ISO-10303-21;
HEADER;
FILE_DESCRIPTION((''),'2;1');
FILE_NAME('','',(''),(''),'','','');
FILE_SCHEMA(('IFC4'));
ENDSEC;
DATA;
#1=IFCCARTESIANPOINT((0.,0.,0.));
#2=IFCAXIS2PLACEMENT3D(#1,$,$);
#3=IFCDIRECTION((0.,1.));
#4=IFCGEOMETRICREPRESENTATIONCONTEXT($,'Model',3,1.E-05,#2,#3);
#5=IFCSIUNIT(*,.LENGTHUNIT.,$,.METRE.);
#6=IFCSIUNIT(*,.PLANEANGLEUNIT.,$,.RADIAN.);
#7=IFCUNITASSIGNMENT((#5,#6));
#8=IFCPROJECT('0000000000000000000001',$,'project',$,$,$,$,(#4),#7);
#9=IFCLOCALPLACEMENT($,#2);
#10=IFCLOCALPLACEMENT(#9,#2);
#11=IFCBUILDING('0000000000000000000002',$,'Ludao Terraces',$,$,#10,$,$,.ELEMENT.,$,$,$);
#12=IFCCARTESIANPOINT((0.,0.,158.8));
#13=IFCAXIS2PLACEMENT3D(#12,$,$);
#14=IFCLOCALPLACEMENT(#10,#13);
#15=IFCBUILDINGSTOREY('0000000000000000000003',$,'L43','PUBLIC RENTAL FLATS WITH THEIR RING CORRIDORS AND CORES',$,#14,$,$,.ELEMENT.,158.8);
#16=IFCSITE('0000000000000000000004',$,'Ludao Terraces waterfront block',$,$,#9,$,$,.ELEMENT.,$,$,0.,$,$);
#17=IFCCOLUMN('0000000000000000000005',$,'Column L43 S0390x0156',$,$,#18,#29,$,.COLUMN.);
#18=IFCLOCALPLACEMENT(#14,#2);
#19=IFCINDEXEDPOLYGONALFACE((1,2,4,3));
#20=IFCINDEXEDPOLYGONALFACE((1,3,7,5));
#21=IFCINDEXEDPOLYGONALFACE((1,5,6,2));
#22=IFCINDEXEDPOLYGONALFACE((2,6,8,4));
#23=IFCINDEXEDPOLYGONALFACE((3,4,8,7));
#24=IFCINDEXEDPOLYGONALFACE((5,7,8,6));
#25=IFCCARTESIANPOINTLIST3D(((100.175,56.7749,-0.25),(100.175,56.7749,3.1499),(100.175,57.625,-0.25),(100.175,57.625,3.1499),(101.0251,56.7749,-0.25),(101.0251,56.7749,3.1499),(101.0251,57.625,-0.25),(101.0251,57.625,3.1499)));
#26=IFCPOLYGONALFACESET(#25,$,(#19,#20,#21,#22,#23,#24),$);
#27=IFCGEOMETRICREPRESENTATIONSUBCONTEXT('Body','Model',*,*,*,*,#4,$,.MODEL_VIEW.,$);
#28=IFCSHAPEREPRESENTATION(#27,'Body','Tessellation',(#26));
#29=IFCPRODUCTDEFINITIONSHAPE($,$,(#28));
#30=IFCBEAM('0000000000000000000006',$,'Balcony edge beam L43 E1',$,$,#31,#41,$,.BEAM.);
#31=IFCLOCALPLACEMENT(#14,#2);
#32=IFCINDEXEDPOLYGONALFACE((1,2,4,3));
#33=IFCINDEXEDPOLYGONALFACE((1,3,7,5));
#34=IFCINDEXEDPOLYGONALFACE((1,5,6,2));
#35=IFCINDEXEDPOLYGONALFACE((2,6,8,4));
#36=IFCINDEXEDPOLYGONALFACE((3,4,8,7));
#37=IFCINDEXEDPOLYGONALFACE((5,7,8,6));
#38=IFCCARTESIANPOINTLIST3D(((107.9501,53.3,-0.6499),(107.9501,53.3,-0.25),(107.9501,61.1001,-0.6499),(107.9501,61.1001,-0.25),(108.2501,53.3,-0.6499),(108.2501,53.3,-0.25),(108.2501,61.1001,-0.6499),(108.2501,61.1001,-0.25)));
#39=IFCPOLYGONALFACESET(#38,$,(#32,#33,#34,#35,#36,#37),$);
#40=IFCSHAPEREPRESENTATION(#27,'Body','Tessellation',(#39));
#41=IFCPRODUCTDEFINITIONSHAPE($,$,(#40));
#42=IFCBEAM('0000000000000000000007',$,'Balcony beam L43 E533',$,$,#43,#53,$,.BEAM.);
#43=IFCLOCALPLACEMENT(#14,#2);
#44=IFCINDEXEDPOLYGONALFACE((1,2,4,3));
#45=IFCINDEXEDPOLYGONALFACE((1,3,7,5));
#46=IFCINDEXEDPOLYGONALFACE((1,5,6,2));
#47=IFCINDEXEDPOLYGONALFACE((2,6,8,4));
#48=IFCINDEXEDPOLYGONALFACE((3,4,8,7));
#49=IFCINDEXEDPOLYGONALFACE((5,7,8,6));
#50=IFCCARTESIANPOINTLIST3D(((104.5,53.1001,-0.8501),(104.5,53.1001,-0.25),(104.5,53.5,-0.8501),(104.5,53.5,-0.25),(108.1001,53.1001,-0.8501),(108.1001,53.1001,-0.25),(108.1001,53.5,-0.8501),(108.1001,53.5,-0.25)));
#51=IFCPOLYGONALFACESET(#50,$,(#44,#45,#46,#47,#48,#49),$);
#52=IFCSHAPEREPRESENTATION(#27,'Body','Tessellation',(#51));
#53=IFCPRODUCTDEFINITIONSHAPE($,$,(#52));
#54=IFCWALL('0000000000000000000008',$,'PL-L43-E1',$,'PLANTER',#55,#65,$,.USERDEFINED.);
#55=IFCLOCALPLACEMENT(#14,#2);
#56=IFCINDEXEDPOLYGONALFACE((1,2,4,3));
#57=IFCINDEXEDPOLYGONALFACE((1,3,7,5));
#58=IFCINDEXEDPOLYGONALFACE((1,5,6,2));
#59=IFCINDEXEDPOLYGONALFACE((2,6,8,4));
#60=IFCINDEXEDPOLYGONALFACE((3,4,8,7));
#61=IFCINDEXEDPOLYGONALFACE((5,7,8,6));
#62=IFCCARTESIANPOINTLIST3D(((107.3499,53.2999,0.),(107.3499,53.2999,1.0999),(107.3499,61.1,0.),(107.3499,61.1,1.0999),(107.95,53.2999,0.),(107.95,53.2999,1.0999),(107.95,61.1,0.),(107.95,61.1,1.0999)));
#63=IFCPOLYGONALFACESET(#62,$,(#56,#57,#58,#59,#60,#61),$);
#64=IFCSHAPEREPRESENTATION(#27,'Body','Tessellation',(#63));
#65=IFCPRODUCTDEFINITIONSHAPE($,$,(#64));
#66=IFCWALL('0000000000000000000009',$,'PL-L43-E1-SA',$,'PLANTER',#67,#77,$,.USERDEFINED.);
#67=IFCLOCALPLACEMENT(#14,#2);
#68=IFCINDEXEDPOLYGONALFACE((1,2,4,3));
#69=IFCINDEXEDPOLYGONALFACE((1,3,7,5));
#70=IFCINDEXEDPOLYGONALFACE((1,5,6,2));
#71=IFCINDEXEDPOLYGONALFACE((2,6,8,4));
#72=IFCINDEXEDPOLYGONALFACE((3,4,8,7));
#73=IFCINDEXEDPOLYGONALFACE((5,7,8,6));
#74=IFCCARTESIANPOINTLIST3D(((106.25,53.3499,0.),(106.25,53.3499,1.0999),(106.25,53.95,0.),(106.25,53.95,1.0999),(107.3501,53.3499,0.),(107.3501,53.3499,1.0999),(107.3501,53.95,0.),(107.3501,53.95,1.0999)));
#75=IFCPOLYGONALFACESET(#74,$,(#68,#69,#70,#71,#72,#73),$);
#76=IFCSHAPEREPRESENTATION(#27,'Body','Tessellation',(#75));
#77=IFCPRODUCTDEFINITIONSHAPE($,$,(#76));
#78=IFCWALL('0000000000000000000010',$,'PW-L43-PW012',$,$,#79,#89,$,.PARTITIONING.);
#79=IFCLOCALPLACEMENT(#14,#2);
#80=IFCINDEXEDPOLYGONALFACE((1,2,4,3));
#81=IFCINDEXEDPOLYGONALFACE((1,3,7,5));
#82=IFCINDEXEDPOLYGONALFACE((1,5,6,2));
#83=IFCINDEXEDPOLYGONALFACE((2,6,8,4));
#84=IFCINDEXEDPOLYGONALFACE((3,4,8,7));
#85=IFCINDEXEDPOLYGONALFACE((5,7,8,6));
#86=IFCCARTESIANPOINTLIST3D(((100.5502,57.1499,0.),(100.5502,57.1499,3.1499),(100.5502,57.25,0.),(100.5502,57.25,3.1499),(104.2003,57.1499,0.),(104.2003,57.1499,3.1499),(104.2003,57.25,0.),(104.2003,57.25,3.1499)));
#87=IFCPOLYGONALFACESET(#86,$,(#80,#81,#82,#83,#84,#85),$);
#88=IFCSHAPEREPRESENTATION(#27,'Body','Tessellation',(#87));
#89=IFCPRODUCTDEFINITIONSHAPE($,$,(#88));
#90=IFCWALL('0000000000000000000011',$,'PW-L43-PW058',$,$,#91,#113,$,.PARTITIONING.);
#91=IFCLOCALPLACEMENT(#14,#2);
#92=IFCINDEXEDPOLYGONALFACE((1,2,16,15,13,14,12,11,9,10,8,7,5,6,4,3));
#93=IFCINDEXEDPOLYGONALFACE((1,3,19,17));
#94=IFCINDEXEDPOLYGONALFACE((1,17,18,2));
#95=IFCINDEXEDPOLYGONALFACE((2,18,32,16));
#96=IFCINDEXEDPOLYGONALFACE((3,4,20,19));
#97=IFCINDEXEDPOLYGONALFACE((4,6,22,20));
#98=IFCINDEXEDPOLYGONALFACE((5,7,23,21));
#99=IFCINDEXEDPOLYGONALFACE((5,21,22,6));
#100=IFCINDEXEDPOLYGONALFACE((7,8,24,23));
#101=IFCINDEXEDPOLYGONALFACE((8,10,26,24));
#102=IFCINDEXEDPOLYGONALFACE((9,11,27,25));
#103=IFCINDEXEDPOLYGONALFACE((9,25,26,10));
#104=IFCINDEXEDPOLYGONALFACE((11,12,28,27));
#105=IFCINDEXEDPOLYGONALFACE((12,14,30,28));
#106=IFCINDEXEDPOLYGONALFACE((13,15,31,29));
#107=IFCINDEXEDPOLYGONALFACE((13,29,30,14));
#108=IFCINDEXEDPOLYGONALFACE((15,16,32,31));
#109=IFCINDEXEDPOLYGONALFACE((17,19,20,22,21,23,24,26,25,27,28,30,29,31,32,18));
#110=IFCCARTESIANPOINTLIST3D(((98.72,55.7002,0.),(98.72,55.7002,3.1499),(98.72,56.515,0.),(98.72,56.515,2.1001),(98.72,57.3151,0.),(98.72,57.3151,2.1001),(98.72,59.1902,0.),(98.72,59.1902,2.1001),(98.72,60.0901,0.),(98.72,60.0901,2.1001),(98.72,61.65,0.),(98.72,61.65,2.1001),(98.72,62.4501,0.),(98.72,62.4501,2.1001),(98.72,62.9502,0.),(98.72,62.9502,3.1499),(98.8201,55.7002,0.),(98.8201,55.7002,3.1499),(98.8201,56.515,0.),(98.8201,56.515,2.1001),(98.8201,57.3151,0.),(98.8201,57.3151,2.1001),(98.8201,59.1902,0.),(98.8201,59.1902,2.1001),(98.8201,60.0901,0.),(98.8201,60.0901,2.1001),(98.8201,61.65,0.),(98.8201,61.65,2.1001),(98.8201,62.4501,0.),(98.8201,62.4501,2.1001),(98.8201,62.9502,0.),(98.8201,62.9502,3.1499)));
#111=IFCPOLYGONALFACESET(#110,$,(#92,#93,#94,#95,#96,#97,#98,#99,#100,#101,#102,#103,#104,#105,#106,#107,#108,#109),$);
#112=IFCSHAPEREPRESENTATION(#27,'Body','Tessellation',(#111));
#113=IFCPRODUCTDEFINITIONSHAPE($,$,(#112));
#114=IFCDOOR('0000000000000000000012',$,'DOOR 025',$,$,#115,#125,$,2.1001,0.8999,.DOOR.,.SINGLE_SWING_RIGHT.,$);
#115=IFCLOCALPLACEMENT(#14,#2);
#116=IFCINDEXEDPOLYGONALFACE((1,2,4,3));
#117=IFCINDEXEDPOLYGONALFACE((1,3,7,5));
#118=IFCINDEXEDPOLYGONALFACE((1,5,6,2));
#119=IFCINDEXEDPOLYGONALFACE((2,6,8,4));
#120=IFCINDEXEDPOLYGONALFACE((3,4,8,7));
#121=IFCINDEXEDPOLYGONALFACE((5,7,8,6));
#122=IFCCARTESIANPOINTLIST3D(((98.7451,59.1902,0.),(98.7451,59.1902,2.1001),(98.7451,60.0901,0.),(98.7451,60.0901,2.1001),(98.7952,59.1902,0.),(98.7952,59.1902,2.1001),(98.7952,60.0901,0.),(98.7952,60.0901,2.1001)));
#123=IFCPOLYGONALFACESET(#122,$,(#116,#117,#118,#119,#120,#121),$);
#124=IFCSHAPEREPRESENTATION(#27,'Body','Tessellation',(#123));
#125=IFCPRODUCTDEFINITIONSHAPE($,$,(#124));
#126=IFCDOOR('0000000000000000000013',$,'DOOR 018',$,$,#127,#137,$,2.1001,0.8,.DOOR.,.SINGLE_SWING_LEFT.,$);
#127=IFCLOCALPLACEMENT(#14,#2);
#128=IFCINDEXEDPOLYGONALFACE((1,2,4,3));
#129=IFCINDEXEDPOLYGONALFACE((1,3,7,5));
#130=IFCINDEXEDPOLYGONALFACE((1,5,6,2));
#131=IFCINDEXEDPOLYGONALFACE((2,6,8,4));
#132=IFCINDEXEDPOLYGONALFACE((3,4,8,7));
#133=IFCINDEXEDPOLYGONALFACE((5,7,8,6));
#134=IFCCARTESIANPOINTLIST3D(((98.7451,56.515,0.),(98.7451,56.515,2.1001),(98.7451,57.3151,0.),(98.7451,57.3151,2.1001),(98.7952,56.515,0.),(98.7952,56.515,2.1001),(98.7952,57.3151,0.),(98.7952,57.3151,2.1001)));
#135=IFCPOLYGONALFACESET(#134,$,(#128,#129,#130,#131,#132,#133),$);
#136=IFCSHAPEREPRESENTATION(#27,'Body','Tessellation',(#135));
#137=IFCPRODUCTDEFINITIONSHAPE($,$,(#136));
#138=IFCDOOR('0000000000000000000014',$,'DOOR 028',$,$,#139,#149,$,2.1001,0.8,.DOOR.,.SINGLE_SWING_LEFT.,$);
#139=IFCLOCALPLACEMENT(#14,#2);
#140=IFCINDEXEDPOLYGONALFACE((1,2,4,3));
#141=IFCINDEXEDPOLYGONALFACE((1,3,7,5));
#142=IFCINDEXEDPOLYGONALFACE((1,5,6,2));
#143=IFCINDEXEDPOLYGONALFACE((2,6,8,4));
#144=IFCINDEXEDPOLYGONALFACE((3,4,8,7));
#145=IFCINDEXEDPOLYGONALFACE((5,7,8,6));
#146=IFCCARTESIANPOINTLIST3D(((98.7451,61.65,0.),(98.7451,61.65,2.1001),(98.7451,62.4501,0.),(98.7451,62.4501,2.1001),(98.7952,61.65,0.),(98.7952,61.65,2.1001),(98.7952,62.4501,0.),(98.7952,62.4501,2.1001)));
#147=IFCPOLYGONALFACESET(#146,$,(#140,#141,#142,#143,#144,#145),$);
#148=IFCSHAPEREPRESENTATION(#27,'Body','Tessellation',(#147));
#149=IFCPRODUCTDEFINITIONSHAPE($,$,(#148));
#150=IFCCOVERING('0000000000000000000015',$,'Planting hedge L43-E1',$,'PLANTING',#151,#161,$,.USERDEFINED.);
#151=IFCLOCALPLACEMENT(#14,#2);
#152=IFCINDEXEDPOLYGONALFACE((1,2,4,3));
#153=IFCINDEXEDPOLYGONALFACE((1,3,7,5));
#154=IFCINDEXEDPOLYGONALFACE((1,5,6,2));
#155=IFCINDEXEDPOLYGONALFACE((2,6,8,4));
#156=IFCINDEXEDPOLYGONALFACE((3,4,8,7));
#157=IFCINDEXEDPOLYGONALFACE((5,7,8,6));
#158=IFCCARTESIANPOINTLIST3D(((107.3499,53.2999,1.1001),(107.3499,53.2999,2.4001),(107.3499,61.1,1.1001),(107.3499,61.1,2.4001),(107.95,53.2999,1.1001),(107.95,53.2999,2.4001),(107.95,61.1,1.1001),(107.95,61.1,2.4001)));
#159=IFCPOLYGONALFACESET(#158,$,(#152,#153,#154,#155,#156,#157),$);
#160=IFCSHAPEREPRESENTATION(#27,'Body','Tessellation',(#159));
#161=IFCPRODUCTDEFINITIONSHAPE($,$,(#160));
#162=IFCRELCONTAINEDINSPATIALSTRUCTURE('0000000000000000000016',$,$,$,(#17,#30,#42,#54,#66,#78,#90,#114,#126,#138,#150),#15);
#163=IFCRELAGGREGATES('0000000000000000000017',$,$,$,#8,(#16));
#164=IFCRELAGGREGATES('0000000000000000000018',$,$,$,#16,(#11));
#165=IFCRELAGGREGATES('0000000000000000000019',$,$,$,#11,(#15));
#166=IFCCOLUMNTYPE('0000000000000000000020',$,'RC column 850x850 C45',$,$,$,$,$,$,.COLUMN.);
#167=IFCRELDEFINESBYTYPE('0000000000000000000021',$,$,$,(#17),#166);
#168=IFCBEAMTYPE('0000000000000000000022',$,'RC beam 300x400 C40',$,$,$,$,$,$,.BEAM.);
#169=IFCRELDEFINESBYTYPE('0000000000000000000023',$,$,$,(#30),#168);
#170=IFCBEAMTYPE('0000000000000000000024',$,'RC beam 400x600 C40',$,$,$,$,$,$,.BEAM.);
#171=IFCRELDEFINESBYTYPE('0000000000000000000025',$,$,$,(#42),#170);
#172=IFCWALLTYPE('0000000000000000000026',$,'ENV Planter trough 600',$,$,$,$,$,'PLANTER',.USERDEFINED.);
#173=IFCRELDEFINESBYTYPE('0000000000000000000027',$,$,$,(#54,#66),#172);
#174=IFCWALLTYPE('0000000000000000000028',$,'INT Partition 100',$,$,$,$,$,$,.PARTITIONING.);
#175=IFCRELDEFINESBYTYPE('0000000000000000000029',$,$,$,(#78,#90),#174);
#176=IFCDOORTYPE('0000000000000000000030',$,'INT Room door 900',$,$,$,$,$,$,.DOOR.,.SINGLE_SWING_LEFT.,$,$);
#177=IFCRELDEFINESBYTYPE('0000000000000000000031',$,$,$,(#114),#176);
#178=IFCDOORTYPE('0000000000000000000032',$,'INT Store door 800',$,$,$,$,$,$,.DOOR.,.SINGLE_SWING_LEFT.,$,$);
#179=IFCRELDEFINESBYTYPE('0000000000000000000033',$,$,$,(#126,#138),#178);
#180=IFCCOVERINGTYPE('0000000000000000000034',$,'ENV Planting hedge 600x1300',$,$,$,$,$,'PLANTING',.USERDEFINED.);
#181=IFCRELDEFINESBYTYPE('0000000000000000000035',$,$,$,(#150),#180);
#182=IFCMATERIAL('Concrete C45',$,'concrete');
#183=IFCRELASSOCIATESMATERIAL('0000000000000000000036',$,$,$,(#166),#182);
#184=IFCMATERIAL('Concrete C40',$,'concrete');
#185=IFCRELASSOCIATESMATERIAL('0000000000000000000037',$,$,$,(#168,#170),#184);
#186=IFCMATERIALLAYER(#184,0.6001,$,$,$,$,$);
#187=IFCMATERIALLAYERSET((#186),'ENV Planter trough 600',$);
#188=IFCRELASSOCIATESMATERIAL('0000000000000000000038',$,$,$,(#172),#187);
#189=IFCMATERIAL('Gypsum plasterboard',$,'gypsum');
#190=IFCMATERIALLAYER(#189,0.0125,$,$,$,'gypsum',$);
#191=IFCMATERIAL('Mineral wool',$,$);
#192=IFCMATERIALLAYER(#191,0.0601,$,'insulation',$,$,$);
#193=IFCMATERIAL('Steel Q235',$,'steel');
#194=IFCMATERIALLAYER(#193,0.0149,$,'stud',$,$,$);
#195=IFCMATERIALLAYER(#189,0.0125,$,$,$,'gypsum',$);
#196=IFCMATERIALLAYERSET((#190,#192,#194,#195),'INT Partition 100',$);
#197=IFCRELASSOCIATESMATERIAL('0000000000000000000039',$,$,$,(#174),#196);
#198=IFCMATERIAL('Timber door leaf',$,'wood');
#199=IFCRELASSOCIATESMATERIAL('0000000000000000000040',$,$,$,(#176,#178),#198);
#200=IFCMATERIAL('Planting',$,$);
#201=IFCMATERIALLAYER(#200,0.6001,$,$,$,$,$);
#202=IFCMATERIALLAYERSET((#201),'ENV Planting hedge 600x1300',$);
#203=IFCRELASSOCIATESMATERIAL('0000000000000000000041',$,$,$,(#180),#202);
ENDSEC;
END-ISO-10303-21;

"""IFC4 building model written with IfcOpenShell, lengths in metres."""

from ifc_helpers import new_model, si_unit, direction, frame, frame_2d, origin, origin_2d, place, context, subcontext, project, spatial, rectangle, extrude, material, layer, layer_set, material_profile, profile_set, type_object, element, fill, save


model = new_model("IFC4")

# Units and contexts
model_context = context("Model", 3, precision=1e-05, world=origin(), true_north=direction((0.0, 1.0)))
body_context = subcontext(model_context, "Body", "Model", "MODEL_VIEW")
ifc_project = project(units=[si_unit("LENGTHUNIT", "METRE"), si_unit("PLANEANGLEUNIT", "RADIAN")], contexts=[model_context])

# Site, building, storey
site_placement = place(None, origin())
site = spatial("IfcSite", under=ifc_project, at=site_placement, Name="Ludao Terraces waterfront block", CompositionType="ELEMENT", RefElevation=0.0)
building_placement = place(site_placement, origin())
building = spatial("IfcBuilding", under=site, at=building_placement, Name="Ludao Terraces", CompositionType="ELEMENT")
storey_placement = place(building_placement, frame((0.0, 0.0, 158.8)))
storey = spatial("IfcBuildingStorey", under=building, at=storey_placement, Name="L43", Description="PUBLIC RENTAL FLATS WITH THEIR RING CORRIDORS AND CORES", CompositionType="ELEMENT", Elevation=158.8)

# Column
ifc_material_1 = material(Name="Concrete C45", Category="concrete")
ifc_material_profile_1 = material_profile(ifc_material_1, rectangle(XDim=0.8501, YDim=0.8501, at=origin_2d()), Name="850 X 850")
ifc_profile_set_1 = profile_set([ifc_material_profile_1], Name="Concrete C45")
column_type = type_object("IfcColumnType", Name="RC column 850x850 C45", PredefinedType="COLUMN", material=ifc_profile_set_1)
column_placement = place(storey_placement, frame((100.6001, 57.2, -0.25), z_axis=(0.0, 0.0, 1.0), x_axis=(1.0, 0.0, 0.0)))
element("IfcColumn", 1, at=column_placement, inside=storey, type_object=column_type, Name="Column L43 S0390x0156", PredefinedType="COLUMN", context=body_context, shape_type="SweptSolid", body=[
    extrude(rectangle(XDim=0.8501, YDim=0.8501, at=origin_2d()), origin(), (0.0, 0.0, 1.0), 3.3999),
])

# Beams
ifc_material_2 = material(Name="Concrete C40", Category="concrete")
ifc_material_profile_2 = material_profile(ifc_material_2, rectangle(XDim=0.3, YDim=0.3999, at=origin_2d()), Name="300 X 400")
ifc_profile_set_2 = profile_set([ifc_material_profile_2], Name="Concrete C40")
beam_type_1 = type_object("IfcBeamType", Name="RC beam 300x400 C40", PredefinedType="BEAM", material=ifc_profile_set_2)
beam_1_placement = place(storey_placement, frame((108.1001, 53.3, -0.45), z_axis=(0.0, 1.0, 0.0), x_axis=(-1.0, 0.0, 0.0)))
element("IfcBeam", 2, at=beam_1_placement, inside=storey, type_object=beam_type_1, Name="Balcony edge beam L43 E1", PredefinedType="BEAM", context=body_context, shape_type="SweptSolid", body=[
    extrude(rectangle(XDim=0.3, YDim=0.3999, at=origin_2d()), origin(), (0.0, 0.0, 1.0), 7.8),
])
ifc_material_profile_3 = material_profile(ifc_material_2, rectangle(XDim=0.3999, YDim=0.6001, at=origin_2d()), Name="400 X 600")
ifc_profile_set_3 = profile_set([ifc_material_profile_3], Name="Concrete C40")
beam_type_2 = type_object("IfcBeamType", Name="RC beam 400x600 C40", PredefinedType="BEAM", material=ifc_profile_set_3)
beam_2_placement = place(storey_placement, frame((104.5, 53.3, -0.55), z_axis=(1.0, 0.0, 0.0), x_axis=(0.0, 1.0, 0.0)))
element("IfcBeam", 3, at=beam_2_placement, inside=storey, type_object=beam_type_2, Name="Balcony beam L43 E533", PredefinedType="BEAM", context=body_context, shape_type="SweptSolid", body=[
    extrude(rectangle(XDim=0.3999, YDim=0.6001, at=origin_2d()), origin(), (0.0, 0.0, 1.0), 3.6001),
])

# Walls
ifc_layer_1 = layer(ifc_material_2, 0.6001)
ifc_layer_set_1 = layer_set([ifc_layer_1], Name="ENV Planter trough 600")
wall_type_1 = type_object("IfcWallType", Name="ENV Planter trough 600", ElementType="PLANTER", PredefinedType="USERDEFINED", material=ifc_layer_set_1)
wall_1_placement = place(storey_placement, frame((107.6499, 53.3, 0.0), z_axis=(0.0, 0.0, 1.0), x_axis=(0.0, 1.0, 0.0)))
element("IfcWall", 4, at=wall_1_placement, inside=storey, type_object=wall_type_1, Name="PL-L43-E1", ObjectType="PLANTER", PredefinedType="USERDEFINED", context=body_context, shape_type="SweptSolid", body=[
    extrude(rectangle(XDim=7.8, YDim=0.6001, at=frame_2d((3.8999, 0.0))), origin(), (0.0, 0.0, 1.0), 1.0999),
])
wall_2_placement = place(storey_placement, frame((107.3501, 53.6499, 0.0), z_axis=(0.0, 0.0, 1.0), x_axis=(-1.0, 0.0, 0.0)))
element("IfcWall", 5, at=wall_2_placement, inside=storey, type_object=wall_type_1, Name="PL-L43-E1-SA", ObjectType="PLANTER", PredefinedType="USERDEFINED", context=body_context, shape_type="SweptSolid", body=[
    extrude(rectangle(XDim=1.1001, YDim=0.6001, at=frame_2d((0.55, 0.0))), origin(), (0.0, 0.0, 1.0), 1.0999),
])

# Shared definitions
ifc_material_3 = material(Name="Mineral wool")

# Wall
ifc_material_4 = material(Name="Gypsum plasterboard", Category="gypsum")
ifc_layer_2 = layer(ifc_material_4, 0.0125, Category="gypsum")
ifc_layer_3 = layer(ifc_material_3, 0.0601, Name="insulation")
ifc_material_5 = material(Name="Steel Q235", Category="steel")
ifc_layer_4 = layer(ifc_material_5, 0.0149, Name="stud")
ifc_layer_5 = layer(ifc_material_4, 0.0125, Category="gypsum")
ifc_layer_set_2 = layer_set([ifc_layer_2, ifc_layer_3, ifc_layer_4, ifc_layer_5], Name="INT Partition 100")
wall_type_2 = type_object("IfcWallType", Name="INT Partition 100", PredefinedType="PARTITIONING", material=ifc_layer_set_2)
wall_3_placement = place(storey_placement, frame((100.55, 57.2, 0.0), z_axis=(0.0, 0.0, 1.0), x_axis=(1.0, 0.0, 0.0)))
element("IfcWall", 6, at=wall_3_placement, inside=storey, type_object=wall_type_2, Name="PW-L43-PW012", PredefinedType="PARTITIONING", context=body_context, shape_type="SweptSolid", body=[
    extrude(rectangle(XDim=3.6501, YDim=0.1001, at=frame_2d((1.8252, 0.0))), origin(), (0.0, 0.0, 1.0), 3.1499),
])

# Wall, openings, doors
wall_4_placement = place(storey_placement, frame((98.77, 55.7002, 0.0), z_axis=(0.0, 0.0, 1.0), x_axis=(0.0, 1.0, 0.0)))
wall_4 = element("IfcWall", 7, at=wall_4_placement, inside=storey, type_object=wall_type_2, Name="PW-L43-PW058", PredefinedType="PARTITIONING", context=body_context, shape_type="SweptSolid", body=[
    extrude(rectangle(XDim=7.25, YDim=0.1001, at=frame_2d((3.625, 0.0))), origin(), (0.0, 0.0, 1.0), 3.1499),
])
opening_1_placement = place(wall_4_placement, frame((0.8149, 0.0, 0.0)))
opening_1 = element("IfcOpeningElement", 8, at=opening_1_placement, cuts=wall_4, PredefinedType="OPENING", context=body_context, shape_type="SweptSolid", body=[
    extrude(rectangle(XDim=0.8, YDim=2.1001, at=frame_2d((0.3999, 1.05))), frame((0.0, 0.0601, 0.0), z_axis=(0.0, -1.0, 0.0), x_axis=(1.0, 0.0, 0.0)), (0.0, 0.0, 1.0), 0.1201),
])
opening_2_placement = place(wall_4_placement, frame((3.49, 0.0, 0.0)))
opening_2 = element("IfcOpeningElement", 9, at=opening_2_placement, cuts=wall_4, PredefinedType="OPENING", context=body_context, shape_type="SweptSolid", body=[
    extrude(rectangle(XDim=0.8999, YDim=2.1001, at=frame_2d((0.45, 1.05))), frame((0.0, 0.0601, 0.0), z_axis=(0.0, -1.0, 0.0), x_axis=(1.0, 0.0, 0.0)), (0.0, 0.0, 1.0), 0.1201),
])
opening_3_placement = place(wall_4_placement, frame((5.95, 0.0, 0.0)))
opening_3 = element("IfcOpeningElement", 10, at=opening_3_placement, cuts=wall_4, PredefinedType="OPENING", context=body_context, shape_type="SweptSolid", body=[
    extrude(rectangle(XDim=0.8, YDim=2.1001, at=frame_2d((0.3999, 1.05))), frame((0.0, 0.0601, 0.0), z_axis=(0.0, -1.0, 0.0), x_axis=(1.0, 0.0, 0.0)), (0.0, 0.0, 1.0), 0.1201),
])
ifc_material_6 = material(Name="Timber door leaf", Category="wood")
door_type_1 = type_object("IfcDoorType", Name="INT Room door 900", OperationType="SINGLE_SWING_LEFT", PredefinedType="DOOR", material=ifc_material_6)
door_1_placement = place(opening_2_placement, origin())
door_1 = element("IfcDoor", 11, at=door_1_placement, inside=storey, type_object=door_type_1, Name="DOOR 025", OperationType="SINGLE_SWING_RIGHT", OverallHeight=2.1001, OverallWidth=0.8999, PredefinedType="DOOR", context=body_context, shape_type="SweptSolid", body=[
    extrude(rectangle(XDim=0.8999, YDim=2.1001, at=frame_2d((0.45, 1.05))), frame((0.0, 0.0249, 0.0), z_axis=(0.0, -1.0, 0.0), x_axis=(1.0, 0.0, 0.0)), (0.0, 0.0, 1.0), 0.05),
])
fill(opening_2, door_1)
door_type_2 = type_object("IfcDoorType", Name="INT Store door 800", OperationType="SINGLE_SWING_LEFT", PredefinedType="DOOR", material=ifc_material_6)
door_2_placement = place(opening_1_placement, origin())
door_2 = element("IfcDoor", 12, at=door_2_placement, inside=storey, type_object=door_type_2, Name="DOOR 018", OperationType="SINGLE_SWING_LEFT", OverallHeight=2.1001, OverallWidth=0.8, PredefinedType="DOOR", context=body_context, shape_type="SweptSolid", body=[
    extrude(rectangle(XDim=0.8, YDim=2.1001, at=frame_2d((0.3999, 1.05))), frame((0.0, 0.0249, 0.0), z_axis=(0.0, -1.0, 0.0), x_axis=(1.0, 0.0, 0.0)), (0.0, 0.0, 1.0), 0.05),
])
fill(opening_1, door_2)
door_3_placement = place(opening_3_placement, origin())
door_3 = element("IfcDoor", 13, at=door_3_placement, inside=storey, type_object=door_type_2, Name="DOOR 028", OperationType="SINGLE_SWING_LEFT", OverallHeight=2.1001, OverallWidth=0.8, PredefinedType="DOOR", context=body_context, shape_type="SweptSolid", body=[
    extrude(rectangle(XDim=0.8, YDim=2.1001, at=frame_2d((0.3999, 1.05))), frame((0.0, 0.0249, 0.0), z_axis=(0.0, -1.0, 0.0), x_axis=(1.0, 0.0, 0.0)), (0.0, 0.0, 1.0), 0.05),
])
fill(opening_3, door_3)

# Covering
ifc_material_7 = material(Name="Planting")
ifc_layer_6 = layer(ifc_material_7, 0.6001)
ifc_layer_set_3 = layer_set([ifc_layer_6], Name="ENV Planting hedge 600x1300")
covering_type = type_object("IfcCoveringType", Name="ENV Planting hedge 600x1300", ElementType="PLANTING", PredefinedType="USERDEFINED", material=ifc_layer_set_3)
covering_placement = place(storey_placement, frame((107.6499, 57.2, 1.1001), z_axis=(0.0, 0.0, 1.0), x_axis=(1.0, 0.0, 0.0)))
element("IfcCovering", 14, at=covering_placement, inside=storey, type_object=covering_type, Name="Planting hedge L43-E1", ObjectType="PLANTING", PredefinedType="USERDEFINED", context=body_context, shape_type="SweptSolid", body=[
    extrude(rectangle(XDim=0.6001, YDim=7.8, at=origin_2d()), origin(), (0.0, 0.0, 1.0), 1.3),
])

save(model, "model.ifc")
